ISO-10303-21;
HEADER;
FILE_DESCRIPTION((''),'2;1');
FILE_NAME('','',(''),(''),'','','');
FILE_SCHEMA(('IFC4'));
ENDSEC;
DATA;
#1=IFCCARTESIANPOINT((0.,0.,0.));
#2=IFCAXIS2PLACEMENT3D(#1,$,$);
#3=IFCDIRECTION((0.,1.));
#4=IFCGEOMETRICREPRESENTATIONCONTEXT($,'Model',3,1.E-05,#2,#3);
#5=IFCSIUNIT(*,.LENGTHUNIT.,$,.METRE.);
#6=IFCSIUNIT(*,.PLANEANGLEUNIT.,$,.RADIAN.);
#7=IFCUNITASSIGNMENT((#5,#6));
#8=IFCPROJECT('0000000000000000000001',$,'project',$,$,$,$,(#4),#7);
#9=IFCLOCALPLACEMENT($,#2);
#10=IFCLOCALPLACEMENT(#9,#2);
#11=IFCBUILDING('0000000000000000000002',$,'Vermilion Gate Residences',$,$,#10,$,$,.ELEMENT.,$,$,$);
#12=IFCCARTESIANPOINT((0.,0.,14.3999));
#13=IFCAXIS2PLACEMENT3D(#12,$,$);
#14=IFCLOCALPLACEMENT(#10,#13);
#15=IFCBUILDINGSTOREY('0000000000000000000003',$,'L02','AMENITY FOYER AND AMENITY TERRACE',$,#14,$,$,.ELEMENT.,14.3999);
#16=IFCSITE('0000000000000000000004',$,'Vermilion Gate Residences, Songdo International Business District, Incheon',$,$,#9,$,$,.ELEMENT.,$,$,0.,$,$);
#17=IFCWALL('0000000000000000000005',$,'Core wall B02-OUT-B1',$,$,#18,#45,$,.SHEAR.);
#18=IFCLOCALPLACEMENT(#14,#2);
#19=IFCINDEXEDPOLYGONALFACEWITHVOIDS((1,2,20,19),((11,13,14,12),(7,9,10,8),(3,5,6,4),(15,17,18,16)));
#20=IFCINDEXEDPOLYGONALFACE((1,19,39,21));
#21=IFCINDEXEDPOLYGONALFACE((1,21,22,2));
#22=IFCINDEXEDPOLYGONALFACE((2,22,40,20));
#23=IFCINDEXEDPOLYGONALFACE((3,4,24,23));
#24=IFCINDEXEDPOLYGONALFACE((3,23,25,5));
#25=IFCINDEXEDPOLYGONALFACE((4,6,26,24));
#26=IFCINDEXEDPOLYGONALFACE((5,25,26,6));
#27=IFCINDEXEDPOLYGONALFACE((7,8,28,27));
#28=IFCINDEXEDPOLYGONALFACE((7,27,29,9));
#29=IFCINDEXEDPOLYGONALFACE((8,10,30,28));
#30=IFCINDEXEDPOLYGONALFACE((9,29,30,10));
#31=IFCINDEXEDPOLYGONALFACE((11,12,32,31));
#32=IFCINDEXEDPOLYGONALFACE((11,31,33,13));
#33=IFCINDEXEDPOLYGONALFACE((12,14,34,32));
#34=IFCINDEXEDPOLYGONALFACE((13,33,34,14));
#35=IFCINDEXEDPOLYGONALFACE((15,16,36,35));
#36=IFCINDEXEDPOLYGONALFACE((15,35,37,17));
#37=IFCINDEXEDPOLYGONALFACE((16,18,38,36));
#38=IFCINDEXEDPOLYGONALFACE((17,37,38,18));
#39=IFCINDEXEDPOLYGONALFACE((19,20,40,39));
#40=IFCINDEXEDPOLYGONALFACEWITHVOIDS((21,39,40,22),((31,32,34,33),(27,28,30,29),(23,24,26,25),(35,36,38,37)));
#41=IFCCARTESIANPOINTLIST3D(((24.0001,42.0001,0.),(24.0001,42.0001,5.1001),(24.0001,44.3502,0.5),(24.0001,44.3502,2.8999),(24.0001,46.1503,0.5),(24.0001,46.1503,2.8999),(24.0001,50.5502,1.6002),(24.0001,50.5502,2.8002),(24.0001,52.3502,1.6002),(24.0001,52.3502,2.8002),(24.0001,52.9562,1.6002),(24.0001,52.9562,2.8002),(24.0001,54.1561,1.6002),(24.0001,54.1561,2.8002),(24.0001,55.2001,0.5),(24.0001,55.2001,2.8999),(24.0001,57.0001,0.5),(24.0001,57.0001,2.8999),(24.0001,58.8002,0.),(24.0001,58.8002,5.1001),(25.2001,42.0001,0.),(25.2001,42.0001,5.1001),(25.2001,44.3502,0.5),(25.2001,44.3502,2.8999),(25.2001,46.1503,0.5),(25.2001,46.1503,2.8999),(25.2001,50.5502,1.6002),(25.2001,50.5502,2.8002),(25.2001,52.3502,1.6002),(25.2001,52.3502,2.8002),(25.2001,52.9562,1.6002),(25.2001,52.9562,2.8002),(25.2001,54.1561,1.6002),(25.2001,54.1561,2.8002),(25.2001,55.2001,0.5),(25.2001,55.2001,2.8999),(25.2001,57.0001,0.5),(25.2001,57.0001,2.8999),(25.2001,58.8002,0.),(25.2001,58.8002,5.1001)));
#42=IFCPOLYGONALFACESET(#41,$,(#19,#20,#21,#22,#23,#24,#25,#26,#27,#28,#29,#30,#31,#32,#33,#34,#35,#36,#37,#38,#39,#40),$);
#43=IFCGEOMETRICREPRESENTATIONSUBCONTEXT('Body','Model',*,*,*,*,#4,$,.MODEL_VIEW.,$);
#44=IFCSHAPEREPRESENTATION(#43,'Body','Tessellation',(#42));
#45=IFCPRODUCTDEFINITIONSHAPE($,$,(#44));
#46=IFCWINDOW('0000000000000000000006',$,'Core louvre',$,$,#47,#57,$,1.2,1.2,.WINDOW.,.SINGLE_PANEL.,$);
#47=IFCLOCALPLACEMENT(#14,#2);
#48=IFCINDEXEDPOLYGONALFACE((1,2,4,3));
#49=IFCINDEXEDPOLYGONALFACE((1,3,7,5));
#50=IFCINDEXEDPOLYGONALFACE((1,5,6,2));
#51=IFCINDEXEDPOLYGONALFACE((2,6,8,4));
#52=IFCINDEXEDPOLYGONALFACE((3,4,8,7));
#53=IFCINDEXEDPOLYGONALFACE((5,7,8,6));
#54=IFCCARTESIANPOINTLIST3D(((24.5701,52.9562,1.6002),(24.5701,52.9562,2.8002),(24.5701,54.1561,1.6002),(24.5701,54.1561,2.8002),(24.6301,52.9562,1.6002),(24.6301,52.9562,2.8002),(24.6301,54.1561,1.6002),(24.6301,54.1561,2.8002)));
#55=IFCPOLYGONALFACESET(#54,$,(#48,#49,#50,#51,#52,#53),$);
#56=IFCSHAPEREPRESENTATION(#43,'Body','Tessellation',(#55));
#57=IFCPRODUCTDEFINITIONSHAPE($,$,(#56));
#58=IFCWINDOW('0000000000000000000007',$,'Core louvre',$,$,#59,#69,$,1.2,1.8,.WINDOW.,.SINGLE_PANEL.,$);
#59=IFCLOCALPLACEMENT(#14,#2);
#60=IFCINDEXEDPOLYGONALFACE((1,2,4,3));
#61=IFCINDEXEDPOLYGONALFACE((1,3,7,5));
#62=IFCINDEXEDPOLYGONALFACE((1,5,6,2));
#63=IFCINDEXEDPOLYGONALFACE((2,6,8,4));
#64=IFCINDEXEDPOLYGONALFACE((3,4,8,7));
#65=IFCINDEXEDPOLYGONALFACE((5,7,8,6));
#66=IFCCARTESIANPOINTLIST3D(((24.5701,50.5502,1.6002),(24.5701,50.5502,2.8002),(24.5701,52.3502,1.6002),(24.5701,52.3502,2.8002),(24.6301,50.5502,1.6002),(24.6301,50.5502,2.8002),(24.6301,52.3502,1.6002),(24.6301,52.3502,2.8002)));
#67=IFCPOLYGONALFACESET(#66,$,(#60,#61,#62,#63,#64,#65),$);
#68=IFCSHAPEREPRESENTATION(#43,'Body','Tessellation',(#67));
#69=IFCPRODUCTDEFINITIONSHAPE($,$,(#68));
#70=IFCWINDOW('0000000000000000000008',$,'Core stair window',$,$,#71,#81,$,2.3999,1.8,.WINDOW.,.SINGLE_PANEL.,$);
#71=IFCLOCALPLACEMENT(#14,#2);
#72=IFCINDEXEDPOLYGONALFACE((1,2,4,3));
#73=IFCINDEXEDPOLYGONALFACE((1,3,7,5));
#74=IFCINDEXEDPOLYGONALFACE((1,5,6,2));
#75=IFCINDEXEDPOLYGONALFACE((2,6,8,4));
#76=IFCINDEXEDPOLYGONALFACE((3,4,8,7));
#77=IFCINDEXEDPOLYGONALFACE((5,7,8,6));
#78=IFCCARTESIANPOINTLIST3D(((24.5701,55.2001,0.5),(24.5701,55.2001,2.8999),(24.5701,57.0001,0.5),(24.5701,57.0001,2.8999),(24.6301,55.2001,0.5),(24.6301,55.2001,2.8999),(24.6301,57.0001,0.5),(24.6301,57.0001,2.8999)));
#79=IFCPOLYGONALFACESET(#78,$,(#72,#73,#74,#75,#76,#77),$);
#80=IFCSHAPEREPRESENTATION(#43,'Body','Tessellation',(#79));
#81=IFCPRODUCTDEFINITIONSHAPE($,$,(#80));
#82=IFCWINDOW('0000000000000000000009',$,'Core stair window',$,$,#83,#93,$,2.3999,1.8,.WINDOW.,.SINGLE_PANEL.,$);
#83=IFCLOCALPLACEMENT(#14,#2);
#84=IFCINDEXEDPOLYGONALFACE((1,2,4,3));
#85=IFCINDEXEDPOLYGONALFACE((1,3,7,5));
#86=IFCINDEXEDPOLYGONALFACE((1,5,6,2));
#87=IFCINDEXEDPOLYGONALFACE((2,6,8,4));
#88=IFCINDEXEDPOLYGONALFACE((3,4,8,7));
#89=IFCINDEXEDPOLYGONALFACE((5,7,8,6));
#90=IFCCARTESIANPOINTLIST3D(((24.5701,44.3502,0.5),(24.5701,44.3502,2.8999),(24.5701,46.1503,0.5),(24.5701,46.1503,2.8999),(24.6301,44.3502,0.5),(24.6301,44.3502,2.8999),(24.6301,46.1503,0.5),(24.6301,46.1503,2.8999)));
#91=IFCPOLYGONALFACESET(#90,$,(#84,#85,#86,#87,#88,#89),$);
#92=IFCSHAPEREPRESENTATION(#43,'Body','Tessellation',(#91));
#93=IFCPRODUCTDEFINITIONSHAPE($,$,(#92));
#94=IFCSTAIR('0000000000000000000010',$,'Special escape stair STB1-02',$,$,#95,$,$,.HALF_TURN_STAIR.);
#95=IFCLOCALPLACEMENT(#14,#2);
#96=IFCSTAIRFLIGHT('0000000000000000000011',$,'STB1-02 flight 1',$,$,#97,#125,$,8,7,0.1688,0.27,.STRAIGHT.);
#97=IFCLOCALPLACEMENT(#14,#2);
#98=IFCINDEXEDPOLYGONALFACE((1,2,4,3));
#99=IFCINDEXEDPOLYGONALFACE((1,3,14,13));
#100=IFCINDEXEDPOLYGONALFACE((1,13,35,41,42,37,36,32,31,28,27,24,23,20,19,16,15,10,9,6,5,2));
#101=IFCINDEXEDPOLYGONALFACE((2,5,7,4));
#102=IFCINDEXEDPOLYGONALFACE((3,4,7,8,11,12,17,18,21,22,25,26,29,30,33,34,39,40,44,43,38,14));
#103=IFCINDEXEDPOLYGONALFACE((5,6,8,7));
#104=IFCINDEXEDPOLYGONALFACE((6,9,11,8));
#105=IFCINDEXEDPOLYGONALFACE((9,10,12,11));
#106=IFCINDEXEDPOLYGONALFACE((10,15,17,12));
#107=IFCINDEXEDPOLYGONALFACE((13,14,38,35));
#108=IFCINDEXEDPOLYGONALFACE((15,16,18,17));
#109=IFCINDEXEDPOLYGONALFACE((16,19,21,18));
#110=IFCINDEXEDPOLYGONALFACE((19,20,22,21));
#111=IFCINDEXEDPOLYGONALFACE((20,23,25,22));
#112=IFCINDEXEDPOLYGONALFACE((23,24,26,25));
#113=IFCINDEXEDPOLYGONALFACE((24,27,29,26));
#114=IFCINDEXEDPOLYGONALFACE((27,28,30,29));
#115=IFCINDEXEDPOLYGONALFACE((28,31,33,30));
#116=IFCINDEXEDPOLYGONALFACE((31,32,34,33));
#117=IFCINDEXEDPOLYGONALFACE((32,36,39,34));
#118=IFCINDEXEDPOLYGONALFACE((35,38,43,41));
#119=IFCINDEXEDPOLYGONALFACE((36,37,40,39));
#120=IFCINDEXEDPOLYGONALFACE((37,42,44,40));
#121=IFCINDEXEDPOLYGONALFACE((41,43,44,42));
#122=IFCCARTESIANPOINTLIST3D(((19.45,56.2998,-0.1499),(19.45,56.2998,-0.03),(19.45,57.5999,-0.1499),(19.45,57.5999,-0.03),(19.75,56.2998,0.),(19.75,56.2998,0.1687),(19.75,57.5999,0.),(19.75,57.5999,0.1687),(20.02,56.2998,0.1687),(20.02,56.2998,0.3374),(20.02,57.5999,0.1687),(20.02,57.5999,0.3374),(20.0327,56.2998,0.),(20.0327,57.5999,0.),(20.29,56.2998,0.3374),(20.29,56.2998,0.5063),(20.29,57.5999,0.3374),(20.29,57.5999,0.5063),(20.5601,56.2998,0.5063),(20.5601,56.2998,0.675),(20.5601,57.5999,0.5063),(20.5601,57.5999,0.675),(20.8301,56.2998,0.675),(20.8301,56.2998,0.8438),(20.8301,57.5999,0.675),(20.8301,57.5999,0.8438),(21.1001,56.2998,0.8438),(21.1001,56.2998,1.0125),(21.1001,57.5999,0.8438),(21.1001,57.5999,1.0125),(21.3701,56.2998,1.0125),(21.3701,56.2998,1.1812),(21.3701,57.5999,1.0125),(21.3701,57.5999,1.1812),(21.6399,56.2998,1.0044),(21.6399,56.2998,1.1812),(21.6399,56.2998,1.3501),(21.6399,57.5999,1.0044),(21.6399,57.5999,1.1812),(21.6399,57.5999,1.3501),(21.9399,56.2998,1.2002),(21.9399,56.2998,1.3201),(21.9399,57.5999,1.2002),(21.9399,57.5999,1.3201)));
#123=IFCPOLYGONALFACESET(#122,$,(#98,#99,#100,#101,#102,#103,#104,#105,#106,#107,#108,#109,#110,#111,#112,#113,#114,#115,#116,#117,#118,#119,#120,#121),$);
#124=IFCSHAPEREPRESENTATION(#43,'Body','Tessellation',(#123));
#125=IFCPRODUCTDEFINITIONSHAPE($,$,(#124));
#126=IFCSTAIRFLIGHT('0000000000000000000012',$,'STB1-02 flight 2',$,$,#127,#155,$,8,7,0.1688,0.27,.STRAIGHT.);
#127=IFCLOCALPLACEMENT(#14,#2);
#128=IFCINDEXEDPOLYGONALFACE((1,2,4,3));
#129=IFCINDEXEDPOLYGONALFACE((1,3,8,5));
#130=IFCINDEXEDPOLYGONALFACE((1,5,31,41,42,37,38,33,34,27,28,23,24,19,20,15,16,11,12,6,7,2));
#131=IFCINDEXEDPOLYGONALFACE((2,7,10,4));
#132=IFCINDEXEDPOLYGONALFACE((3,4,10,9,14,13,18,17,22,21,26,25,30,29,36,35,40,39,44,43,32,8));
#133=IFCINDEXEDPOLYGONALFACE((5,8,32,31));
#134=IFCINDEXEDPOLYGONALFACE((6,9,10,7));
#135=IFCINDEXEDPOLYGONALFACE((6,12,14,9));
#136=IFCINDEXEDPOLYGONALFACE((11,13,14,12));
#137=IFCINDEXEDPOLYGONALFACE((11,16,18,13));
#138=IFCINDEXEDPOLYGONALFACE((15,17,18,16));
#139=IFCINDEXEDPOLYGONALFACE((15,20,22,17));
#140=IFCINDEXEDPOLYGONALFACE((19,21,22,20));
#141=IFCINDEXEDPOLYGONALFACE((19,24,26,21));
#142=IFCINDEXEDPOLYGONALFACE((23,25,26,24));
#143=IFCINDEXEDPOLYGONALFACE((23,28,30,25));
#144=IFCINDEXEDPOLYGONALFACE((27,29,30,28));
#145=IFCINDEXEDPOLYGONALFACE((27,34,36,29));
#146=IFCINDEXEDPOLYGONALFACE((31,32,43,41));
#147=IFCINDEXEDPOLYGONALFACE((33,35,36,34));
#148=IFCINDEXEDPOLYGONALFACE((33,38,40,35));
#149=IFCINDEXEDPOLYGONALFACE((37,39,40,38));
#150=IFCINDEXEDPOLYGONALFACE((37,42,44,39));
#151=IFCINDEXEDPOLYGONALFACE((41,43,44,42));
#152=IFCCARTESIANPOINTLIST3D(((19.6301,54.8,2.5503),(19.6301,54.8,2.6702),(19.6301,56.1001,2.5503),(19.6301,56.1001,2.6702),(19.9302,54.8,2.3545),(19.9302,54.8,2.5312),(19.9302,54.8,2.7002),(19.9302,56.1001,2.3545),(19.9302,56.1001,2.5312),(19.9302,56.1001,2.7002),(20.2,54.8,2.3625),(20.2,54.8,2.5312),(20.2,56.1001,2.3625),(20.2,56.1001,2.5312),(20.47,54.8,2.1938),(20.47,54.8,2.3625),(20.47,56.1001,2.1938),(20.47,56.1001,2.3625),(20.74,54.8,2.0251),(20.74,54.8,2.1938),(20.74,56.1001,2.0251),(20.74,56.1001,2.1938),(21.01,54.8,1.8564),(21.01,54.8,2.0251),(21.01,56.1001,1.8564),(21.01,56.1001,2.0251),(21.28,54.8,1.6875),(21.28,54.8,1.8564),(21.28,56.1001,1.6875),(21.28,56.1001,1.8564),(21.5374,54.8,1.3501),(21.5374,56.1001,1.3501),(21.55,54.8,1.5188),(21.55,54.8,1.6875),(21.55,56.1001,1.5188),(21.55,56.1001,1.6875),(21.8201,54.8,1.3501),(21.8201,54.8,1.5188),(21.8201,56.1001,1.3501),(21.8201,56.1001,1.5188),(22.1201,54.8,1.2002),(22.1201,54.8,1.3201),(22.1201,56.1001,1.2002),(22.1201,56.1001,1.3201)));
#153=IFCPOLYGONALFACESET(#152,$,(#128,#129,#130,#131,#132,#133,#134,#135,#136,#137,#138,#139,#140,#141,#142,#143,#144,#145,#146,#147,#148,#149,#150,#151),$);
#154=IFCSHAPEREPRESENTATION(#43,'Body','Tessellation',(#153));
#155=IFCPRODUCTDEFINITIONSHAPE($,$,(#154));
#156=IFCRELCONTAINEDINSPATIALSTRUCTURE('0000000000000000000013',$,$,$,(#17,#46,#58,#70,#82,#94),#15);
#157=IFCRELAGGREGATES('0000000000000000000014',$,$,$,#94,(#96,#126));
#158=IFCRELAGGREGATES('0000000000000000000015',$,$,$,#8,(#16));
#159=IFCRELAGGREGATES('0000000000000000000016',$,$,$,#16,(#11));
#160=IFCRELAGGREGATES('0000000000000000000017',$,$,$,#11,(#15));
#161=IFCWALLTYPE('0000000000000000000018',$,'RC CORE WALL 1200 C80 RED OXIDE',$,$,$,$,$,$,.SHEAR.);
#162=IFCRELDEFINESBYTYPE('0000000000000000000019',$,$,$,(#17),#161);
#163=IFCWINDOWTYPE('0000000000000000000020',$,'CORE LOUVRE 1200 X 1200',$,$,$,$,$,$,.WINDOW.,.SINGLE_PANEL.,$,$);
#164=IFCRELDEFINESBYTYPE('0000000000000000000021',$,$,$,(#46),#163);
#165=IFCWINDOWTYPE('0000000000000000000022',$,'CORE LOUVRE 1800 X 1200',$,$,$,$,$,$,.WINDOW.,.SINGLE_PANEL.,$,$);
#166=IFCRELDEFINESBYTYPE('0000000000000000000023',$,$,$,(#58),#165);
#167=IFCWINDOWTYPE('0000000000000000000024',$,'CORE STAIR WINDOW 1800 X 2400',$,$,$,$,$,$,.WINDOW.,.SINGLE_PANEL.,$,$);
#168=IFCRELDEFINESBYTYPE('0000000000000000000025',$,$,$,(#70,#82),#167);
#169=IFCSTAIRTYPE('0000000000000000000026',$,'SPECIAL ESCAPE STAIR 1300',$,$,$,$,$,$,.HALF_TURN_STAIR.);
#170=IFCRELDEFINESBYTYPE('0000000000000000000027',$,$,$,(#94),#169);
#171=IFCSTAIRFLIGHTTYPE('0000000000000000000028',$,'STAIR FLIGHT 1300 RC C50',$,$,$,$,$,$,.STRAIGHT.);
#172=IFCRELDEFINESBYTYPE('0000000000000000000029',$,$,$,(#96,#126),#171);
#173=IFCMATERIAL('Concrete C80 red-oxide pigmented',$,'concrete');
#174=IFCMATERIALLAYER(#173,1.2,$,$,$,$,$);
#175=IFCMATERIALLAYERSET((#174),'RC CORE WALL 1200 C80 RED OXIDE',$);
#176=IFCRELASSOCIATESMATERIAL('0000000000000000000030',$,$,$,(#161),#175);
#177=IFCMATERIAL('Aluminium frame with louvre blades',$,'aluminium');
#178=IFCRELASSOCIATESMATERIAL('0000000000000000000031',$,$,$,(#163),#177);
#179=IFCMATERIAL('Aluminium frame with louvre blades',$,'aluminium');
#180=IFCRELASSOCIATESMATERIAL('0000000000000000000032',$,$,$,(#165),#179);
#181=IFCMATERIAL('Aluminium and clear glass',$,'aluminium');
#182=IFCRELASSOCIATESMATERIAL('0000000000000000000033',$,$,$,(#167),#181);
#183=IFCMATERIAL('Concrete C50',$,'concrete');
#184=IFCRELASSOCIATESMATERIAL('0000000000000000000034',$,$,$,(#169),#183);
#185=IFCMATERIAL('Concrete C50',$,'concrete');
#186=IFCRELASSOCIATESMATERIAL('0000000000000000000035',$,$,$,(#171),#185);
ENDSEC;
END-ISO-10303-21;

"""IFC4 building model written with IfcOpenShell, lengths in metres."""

from ifc_helpers import new_model, si_unit, direction, frame, frame_2d, origin, place, context, subcontext, project, spatial, polyline, rectangle, outline, extrude, material, layer, layer_set, type_object, element, fill, aggregate, save


model = new_model("IFC4")

# Units and contexts
model_context = context("Model", 3, precision=1e-05, world=origin(), true_north=direction((0.0, 1.0)))
body_context = subcontext(model_context, "Body", "Model", "MODEL_VIEW")
ifc_project = project(units=[si_unit("LENGTHUNIT", "METRE"), si_unit("PLANEANGLEUNIT", "RADIAN")], contexts=[model_context])

# Site, building, storey
site_placement = place(None, origin())
site = spatial("IfcSite", under=ifc_project, at=site_placement, Name="Vermilion Gate Residences, Songdo International Business District, Incheon", CompositionType="ELEMENT", RefElevation=0.0)
building_placement = place(site_placement, origin())
building = spatial("IfcBuilding", under=site, at=building_placement, Name="Vermilion Gate Residences", CompositionType="ELEMENT")
storey_placement = place(building_placement, frame((0.0, 0.0, 14.3999)))
storey = spatial("IfcBuildingStorey", under=building, at=storey_placement, Name="L02", Description="AMENITY FOYER AND AMENITY TERRACE", CompositionType="ELEMENT", Elevation=14.3999)

# Wall, openings, windows
ifc_material_1 = material(Name="Concrete C80 red-oxide pigmented", Category="concrete")
ifc_layer_1 = layer(ifc_material_1, 1.2)
ifc_layer_set_1 = layer_set([ifc_layer_1], Name="RC CORE WALL 1200 C80 RED OXIDE")
wall_type_1 = type_object("IfcWallType", Name="RC CORE WALL 1200 C80 RED OXIDE", PredefinedType="SHEAR", material=ifc_layer_set_1)
wall_1_placement = place(storey_placement, frame((24.6001, 58.8, 0.0), z_axis=(0.0, 0.0, 1.0), x_axis=(0.0, -1.0, 0.0)))
wall_1 = element("IfcWall", 1, at=wall_1_placement, inside=storey, type_object=wall_type_1, Name="Core wall B02-OUT-B1", PredefinedType="SHEAR", context=body_context, shape_type="SweptSolid", body=[
    extrude(rectangle(XDim=16.8, YDim=1.2, at=frame_2d((8.3999, 0.0))), origin(), (0.0, 0.0, 1.0), 5.1001),
])
opening_1_placement = place(wall_1_placement, frame((1.8, 0.0, 0.5)))
opening_1 = element("IfcOpeningElement", 2, at=opening_1_placement, cuts=wall_1, PredefinedType="OPENING", context=body_context, shape_type="SweptSolid", body=[
    extrude(rectangle(XDim=1.8, YDim=2.3999, at=frame_2d((0.8999, 1.2))), frame((0.0, 0.6099, 0.0), z_axis=(0.0, -1.0, 0.0), x_axis=(1.0, 0.0, 0.0)), (0.0, 0.0, 1.0), 1.22),
])
opening_2_placement = place(wall_1_placement, frame((4.6438, 0.0, 1.6001)))
opening_2 = element("IfcOpeningElement", 3, at=opening_2_placement, cuts=wall_1, PredefinedType="OPENING", context=body_context, shape_type="SweptSolid", body=[
    extrude(rectangle(XDim=1.2, YDim=1.2, at=frame_2d((0.6001, 0.6001))), frame((0.0, 0.6099, 0.0), z_axis=(0.0, -1.0, 0.0), x_axis=(1.0, 0.0, 0.0)), (0.0, 0.0, 1.0), 1.22),
])
opening_3_placement = place(wall_1_placement, frame((6.45, 0.0, 1.6001)))
opening_3 = element("IfcOpeningElement", 4, at=opening_3_placement, cuts=wall_1, PredefinedType="OPENING", context=body_context, shape_type="SweptSolid", body=[
    extrude(rectangle(XDim=1.8, YDim=1.2, at=frame_2d((0.8999, 0.6001))), frame((0.0, 0.6099, 0.0), z_axis=(0.0, -1.0, 0.0), x_axis=(1.0, 0.0, 0.0)), (0.0, 0.0, 1.0), 1.22),
])
opening_4_placement = place(wall_1_placement, frame((12.6499, 0.0, 0.5)))
opening_4 = element("IfcOpeningElement", 5, at=opening_4_placement, cuts=wall_1, PredefinedType="OPENING", context=body_context, shape_type="SweptSolid", body=[
    extrude(rectangle(XDim=1.8, YDim=2.3999, at=frame_2d((0.8999, 1.2))), frame((0.0, 0.6099, 0.0), z_axis=(0.0, -1.0, 0.0), x_axis=(1.0, 0.0, 0.0)), (0.0, 0.0, 1.0), 1.22),
])
ifc_material_2 = material(Name="Aluminium frame with louvre blades", Category="aluminium")
window_type_1 = type_object("IfcWindowType", Name="CORE LOUVRE 1200 X 1200", PartitioningType="SINGLE_PANEL", PredefinedType="WINDOW", material=ifc_material_2)
window_1_placement = place(opening_2_placement, origin())
window_1 = element("IfcWindow", 6, at=window_1_placement, inside=storey, type_object=window_type_1, Name="Core louvre", OverallHeight=1.2, OverallWidth=1.2, PartitioningType="SINGLE_PANEL", PredefinedType="WINDOW", context=body_context, shape_type="SweptSolid", body=[
    extrude(rectangle(XDim=1.2, YDim=1.2, at=frame_2d((0.6001, 0.6001))), frame((0.0, 0.03, 0.0), z_axis=(0.0, -1.0, 0.0), x_axis=(1.0, 0.0, 0.0)), (0.0, 0.0, 1.0), 0.0601),
])
fill(opening_2, window_1)
ifc_material_3 = material(Name="Aluminium frame with louvre blades", Category="aluminium")
window_type_2 = type_object("IfcWindowType", Name="CORE LOUVRE 1800 X 1200", PartitioningType="SINGLE_PANEL", PredefinedType="WINDOW", material=ifc_material_3)
window_2_placement = place(opening_3_placement, origin())
window_2 = element("IfcWindow", 7, at=window_2_placement, inside=storey, type_object=window_type_2, Name="Core louvre", OverallHeight=1.2, OverallWidth=1.8, PartitioningType="SINGLE_PANEL", PredefinedType="WINDOW", context=body_context, shape_type="SweptSolid", body=[
    extrude(rectangle(XDim=1.8, YDim=1.2, at=frame_2d((0.8999, 0.6001))), frame((0.0, 0.03, 0.0), z_axis=(0.0, -1.0, 0.0), x_axis=(1.0, 0.0, 0.0)), (0.0, 0.0, 1.0), 0.0601),
])
fill(opening_3, window_2)
ifc_material_4 = material(Name="Aluminium and clear glass", Category="aluminium")
window_type_3 = type_object("IfcWindowType", Name="CORE STAIR WINDOW 1800 X 2400", PartitioningType="SINGLE_PANEL", PredefinedType="WINDOW", material=ifc_material_4)
window_3_placement = place(opening_1_placement, origin())
window_3 = element("IfcWindow", 8, at=window_3_placement, inside=storey, type_object=window_type_3, Name="Core stair window", OverallHeight=2.3999, OverallWidth=1.8, PartitioningType="SINGLE_PANEL", PredefinedType="WINDOW", context=body_context, shape_type="SweptSolid", body=[
    extrude(rectangle(XDim=1.8, YDim=2.3999, at=frame_2d((0.8999, 1.2))), frame((0.0, 0.03, 0.0), z_axis=(0.0, -1.0, 0.0), x_axis=(1.0, 0.0, 0.0)), (0.0, 0.0, 1.0), 0.0601),
])
fill(opening_1, window_3)
window_4_placement = place(opening_4_placement, origin())
window_4 = element("IfcWindow", 9, at=window_4_placement, inside=storey, type_object=window_type_3, Name="Core stair window", OverallHeight=2.3999, OverallWidth=1.8, PartitioningType="SINGLE_PANEL", PredefinedType="WINDOW", context=body_context, shape_type="SweptSolid", body=[
    extrude(rectangle(XDim=1.8, YDim=2.3999, at=frame_2d((0.8999, 1.2))), frame((0.0, 0.03, 0.0), z_axis=(0.0, -1.0, 0.0), x_axis=(1.0, 0.0, 0.0)), (0.0, 0.0, 1.0), 0.0601),
])
fill(opening_4, window_4)

# Stair, stair flights
ifc_material_5 = material(Name="Concrete C50", Category="concrete")
stair_type = type_object("IfcStairType", Name="SPECIAL ESCAPE STAIR 1300", PredefinedType="HALF_TURN_STAIR", material=ifc_material_5)
stair_placement = place(storey_placement, origin())
stair = element("IfcStair", 10, at=stair_placement, inside=storey, type_object=stair_type, Name="Special escape stair STB1-02", PredefinedType="HALF_TURN_STAIR")
ifc_material_6 = material(Name="Concrete C50", Category="concrete")
stair_flight_type = type_object("IfcStairFlightType", Name="STAIR FLIGHT 1300 RC C50", PredefinedType="STRAIGHT", material=ifc_material_6)
stair_flight_1_placement = place(storey_placement, frame((19.75, 56.95, 0.0), z_axis=(0.0, 0.0, 1.0), x_axis=(1.0, 0.0, 0.0)))
stair_flight_1 = element("IfcStairFlight", 11, at=stair_flight_1_placement, type_object=stair_flight_type, Name="STB1-02 flight 1", NumberOfRisers=8, NumberOfTreads=7, PredefinedType="STRAIGHT", RiserHeight=0.1688, TreadLength=0.27, context=body_context, shape_type="SweptSolid", body=[
    extrude(outline(polyline([(-0.3, -0.1499), (-0.3, -0.03), (0.0, 0.0), (0.0, 0.1687), (0.27, 0.1687), (0.27, 0.3374), (0.54, 0.3374), (0.54, 0.5063), (0.8101, 0.5063), (0.8101, 0.675), (1.0801, 0.675), (1.0801, 0.8438), (1.3501, 0.8438), (1.3501, 1.0125), (1.6201, 1.0125), (1.6201, 1.1812), (1.8899, 1.1812), (1.8899, 1.3501), (2.1899, 1.3201), (2.1899, 1.2002), (1.8899, 1.0044), (0.2827, 0.0), (-0.3, -0.1499)])), frame((0.0, 0.6499, 0.0), z_axis=(0.0, -1.0, 0.0), x_axis=(1.0, 0.0, 0.0)), (0.0, 0.0, 1.0), 1.3),
])
stair_flight_2_placement = place(storey_placement, frame((21.8201, 55.45, 1.3501), z_axis=(0.0, 0.0, 1.0), x_axis=(-1.0, 0.0, 0.0)))
stair_flight_2 = element("IfcStairFlight", 12, at=stair_flight_2_placement, type_object=stair_flight_type, Name="STB1-02 flight 2", NumberOfRisers=8, NumberOfTreads=7, PredefinedType="STRAIGHT", RiserHeight=0.1688, TreadLength=0.27, context=body_context, shape_type="SweptSolid", body=[
    extrude(outline(polyline([(-0.3, -0.1499), (-0.3, -0.03), (0.0, 0.0), (0.0, 0.1687), (0.27, 0.1687), (0.27, 0.3374), (0.54, 0.3374), (0.54, 0.5063), (0.8101, 0.5063), (0.8101, 0.675), (1.0801, 0.675), (1.0801, 0.8438), (1.3501, 0.8438), (1.3501, 1.0125), (1.6201, 1.0125), (1.6201, 1.1812), (1.8899, 1.1812), (1.8899, 1.3501), (2.1899, 1.3201), (2.1899, 1.2002), (1.8899, 1.0044), (0.2827, 0.0), (-0.3, -0.1499)])), frame((0.0, 0.6499, 0.0), z_axis=(0.0, -1.0, 0.0), x_axis=(1.0, 0.0, 0.0)), (0.0, 0.0, 1.0), 1.3),
])
aggregate(stair, [stair_flight_1, stair_flight_2])

save(model, "model.ifc")
